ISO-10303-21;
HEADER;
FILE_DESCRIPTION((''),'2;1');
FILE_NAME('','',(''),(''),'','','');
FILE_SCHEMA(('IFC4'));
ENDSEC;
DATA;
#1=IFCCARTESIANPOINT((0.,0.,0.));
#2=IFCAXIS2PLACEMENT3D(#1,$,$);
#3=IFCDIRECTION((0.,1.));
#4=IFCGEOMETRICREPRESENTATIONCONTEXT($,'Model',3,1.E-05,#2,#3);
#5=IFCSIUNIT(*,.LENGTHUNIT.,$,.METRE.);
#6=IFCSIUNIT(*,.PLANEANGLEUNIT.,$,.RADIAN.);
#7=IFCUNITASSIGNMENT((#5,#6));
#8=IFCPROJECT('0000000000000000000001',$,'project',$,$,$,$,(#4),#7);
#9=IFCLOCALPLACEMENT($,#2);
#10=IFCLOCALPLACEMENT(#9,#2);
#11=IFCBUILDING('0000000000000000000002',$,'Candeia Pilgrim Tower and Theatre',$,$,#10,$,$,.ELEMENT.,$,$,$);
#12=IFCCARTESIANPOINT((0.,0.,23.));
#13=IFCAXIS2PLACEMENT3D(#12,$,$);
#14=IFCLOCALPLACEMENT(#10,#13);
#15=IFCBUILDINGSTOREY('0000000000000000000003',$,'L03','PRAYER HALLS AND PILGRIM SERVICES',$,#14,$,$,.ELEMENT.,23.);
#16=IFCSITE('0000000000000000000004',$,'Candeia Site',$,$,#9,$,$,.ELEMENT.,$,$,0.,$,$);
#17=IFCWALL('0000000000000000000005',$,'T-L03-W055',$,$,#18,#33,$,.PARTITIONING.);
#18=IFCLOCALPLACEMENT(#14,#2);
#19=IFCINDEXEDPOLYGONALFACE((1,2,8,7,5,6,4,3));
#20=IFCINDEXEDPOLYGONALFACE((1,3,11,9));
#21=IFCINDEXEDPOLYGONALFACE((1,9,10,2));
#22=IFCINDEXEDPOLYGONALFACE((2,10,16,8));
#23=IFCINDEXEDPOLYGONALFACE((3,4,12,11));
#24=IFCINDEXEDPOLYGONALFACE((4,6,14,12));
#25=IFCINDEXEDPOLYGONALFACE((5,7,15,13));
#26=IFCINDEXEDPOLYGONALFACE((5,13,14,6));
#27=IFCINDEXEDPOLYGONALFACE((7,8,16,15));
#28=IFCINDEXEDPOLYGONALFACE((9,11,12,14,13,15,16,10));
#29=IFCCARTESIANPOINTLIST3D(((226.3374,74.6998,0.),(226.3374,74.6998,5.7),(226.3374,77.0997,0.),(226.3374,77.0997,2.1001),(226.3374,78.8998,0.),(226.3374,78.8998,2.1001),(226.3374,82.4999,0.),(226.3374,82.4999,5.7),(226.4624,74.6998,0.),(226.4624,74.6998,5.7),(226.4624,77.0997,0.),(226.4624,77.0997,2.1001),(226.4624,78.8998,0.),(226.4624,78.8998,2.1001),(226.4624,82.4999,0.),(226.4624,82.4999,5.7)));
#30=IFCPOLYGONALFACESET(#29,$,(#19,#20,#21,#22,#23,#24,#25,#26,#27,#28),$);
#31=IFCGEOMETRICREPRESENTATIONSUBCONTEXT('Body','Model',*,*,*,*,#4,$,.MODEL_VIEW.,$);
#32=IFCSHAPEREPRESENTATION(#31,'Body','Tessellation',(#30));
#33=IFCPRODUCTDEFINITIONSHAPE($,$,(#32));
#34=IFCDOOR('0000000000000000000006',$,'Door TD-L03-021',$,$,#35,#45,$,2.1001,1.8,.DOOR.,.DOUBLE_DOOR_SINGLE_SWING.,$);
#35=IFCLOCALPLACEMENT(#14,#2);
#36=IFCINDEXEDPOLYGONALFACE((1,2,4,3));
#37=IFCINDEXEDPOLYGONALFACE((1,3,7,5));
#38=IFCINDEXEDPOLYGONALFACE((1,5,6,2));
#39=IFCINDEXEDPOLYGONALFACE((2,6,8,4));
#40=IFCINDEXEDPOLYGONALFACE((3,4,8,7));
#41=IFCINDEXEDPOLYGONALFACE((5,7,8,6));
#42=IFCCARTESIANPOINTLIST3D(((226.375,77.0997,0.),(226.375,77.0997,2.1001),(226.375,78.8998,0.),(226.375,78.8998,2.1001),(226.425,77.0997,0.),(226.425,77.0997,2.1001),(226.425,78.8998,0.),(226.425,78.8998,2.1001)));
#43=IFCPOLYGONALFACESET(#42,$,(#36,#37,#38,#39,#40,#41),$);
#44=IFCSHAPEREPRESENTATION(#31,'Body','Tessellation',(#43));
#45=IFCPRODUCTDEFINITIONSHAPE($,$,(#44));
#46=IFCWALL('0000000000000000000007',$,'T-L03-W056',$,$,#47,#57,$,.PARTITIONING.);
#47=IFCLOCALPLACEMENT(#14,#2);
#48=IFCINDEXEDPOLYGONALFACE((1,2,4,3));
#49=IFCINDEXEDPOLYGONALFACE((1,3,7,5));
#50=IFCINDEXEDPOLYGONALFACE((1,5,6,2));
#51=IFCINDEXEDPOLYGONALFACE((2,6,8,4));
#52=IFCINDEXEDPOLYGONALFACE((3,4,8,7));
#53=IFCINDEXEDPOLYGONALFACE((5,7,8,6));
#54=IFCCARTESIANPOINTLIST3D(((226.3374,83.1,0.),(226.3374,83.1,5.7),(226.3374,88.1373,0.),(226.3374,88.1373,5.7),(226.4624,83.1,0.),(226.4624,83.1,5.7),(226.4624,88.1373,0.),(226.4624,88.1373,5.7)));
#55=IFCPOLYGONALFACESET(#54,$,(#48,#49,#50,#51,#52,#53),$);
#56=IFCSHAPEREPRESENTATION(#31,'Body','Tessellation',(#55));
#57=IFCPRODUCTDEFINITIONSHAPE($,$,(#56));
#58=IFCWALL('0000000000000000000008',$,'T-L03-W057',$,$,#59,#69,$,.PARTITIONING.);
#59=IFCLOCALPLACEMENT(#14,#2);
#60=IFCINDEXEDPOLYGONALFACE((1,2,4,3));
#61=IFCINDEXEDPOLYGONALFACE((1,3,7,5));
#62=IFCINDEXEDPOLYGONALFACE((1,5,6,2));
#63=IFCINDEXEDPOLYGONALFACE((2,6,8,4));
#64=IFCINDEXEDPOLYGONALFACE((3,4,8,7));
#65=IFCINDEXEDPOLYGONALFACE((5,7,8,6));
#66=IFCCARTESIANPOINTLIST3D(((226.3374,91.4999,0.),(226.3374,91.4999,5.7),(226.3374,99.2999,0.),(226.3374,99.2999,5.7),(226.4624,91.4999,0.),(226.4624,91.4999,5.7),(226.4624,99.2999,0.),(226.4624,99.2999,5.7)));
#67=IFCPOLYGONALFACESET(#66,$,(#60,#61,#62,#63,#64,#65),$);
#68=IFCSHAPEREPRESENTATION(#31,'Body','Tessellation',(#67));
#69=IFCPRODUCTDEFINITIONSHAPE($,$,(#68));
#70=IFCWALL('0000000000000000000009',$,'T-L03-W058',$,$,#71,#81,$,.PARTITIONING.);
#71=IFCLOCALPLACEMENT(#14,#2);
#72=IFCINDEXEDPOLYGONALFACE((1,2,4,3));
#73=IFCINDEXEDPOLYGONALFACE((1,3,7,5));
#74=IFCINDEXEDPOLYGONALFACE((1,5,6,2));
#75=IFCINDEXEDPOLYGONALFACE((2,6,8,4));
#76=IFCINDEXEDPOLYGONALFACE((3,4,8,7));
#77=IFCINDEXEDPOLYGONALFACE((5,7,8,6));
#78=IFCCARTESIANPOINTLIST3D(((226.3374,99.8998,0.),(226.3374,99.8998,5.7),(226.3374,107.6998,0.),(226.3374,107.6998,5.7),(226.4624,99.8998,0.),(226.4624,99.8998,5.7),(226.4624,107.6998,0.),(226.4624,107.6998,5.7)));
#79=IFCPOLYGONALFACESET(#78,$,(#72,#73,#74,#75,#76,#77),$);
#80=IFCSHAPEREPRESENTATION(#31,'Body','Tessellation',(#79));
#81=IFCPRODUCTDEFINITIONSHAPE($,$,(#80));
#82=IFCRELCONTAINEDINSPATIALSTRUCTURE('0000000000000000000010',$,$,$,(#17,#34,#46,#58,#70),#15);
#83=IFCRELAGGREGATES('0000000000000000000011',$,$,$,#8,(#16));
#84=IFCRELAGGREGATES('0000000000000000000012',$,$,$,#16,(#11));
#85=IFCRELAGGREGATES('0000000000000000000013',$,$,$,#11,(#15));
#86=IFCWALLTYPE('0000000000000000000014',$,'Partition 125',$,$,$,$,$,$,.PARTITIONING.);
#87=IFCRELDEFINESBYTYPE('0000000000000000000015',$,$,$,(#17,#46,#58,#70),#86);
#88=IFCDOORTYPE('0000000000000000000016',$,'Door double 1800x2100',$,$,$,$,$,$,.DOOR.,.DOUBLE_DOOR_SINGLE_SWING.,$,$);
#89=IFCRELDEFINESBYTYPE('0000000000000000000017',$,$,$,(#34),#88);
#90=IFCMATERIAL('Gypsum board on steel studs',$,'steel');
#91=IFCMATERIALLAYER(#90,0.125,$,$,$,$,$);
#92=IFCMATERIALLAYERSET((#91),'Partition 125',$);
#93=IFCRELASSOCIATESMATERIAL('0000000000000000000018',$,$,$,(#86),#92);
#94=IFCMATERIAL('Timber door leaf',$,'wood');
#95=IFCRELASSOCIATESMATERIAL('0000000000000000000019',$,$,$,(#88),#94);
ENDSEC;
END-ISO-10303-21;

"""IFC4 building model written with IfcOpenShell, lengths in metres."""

from ifc_helpers import new_model, si_unit, direction, frame, frame_2d, origin, place, context, subcontext, project, spatial, rectangle, extrude, material, layer, layer_set, type_object, element, fill, save


model = new_model("IFC4")

# Units and contexts
model_context = context("Model", 3, precision=1e-05, world=origin(), true_north=direction((0.0, 1.0)))
body_context = subcontext(model_context, "Body", "Model", "MODEL_VIEW")
ifc_project = project(units=[si_unit("LENGTHUNIT", "METRE"), si_unit("PLANEANGLEUNIT", "RADIAN")], contexts=[model_context])

# Site, building, storey
site_placement = place(None, origin())
site = spatial("IfcSite", under=ifc_project, at=site_placement, Name="Candeia Site", CompositionType="ELEMENT", RefElevation=0.0)
building_placement = place(site_placement, origin())
building = spatial("IfcBuilding", under=site, at=building_placement, Name="Candeia Pilgrim Tower and Theatre", CompositionType="ELEMENT")
storey_placement = place(building_placement, frame((0.0, 0.0, 23.0)))
storey = spatial("IfcBuildingStorey", under=building, at=storey_placement, Name="L03", Description="PRAYER HALLS AND PILGRIM SERVICES", CompositionType="ELEMENT", Elevation=23.0)

# Shared definitions
ifc_material_1 = material(Name="Gypsum board on steel studs", Category="steel")
ifc_layer = layer(ifc_material_1, 0.125)
ifc_layer_set = layer_set([ifc_layer], Name="Partition 125")
wall_type = type_object("IfcWallType", Name="Partition 125", PredefinedType="PARTITIONING", material=ifc_layer_set)

# Wall, opening, door
ifc_material_2 = material(Name="Timber door leaf", Category="wood")
door_type_1 = type_object("IfcDoorType", Name="Door double 1800x2100", OperationType="DOUBLE_DOOR_SINGLE_SWING", PredefinedType="DOOR", material=ifc_material_2)
wall_1_placement = place(storey_placement, frame((226.3999, 74.7, 0.0), z_axis=(0.0, 0.0, 1.0), x_axis=(0.0, 1.0, 0.0)))
wall_1 = element("IfcWall", 1, at=wall_1_placement, inside=storey, type_object=wall_type, Name="T-L03-W055", PredefinedType="PARTITIONING", context=body_context, shape_type="SweptSolid", body=[
    extrude(rectangle(XDim=7.8, YDim=0.125, at=frame_2d((3.8999, 0.0))), origin(), (0.0, 0.0, 1.0), 5.7),
])
opening_1_placement = place(wall_1_placement, frame((2.3999, 0.0, 0.0)))
opening_1 = element("IfcOpeningElement", 2, at=opening_1_placement, cuts=wall_1, PredefinedType="OPENING", context=body_context, shape_type="SweptSolid", body=[
    extrude(rectangle(XDim=1.8, YDim=2.1001, at=frame_2d((0.8999, 1.05))), frame((0.0, 0.0725, 0.0), z_axis=(0.0, -1.0, 0.0), x_axis=(1.0, 0.0, 0.0)), (0.0, 0.0, 1.0), 0.145),
])
door_1_placement = place(opening_1_placement, origin())
door_1 = element("IfcDoor", 3, at=door_1_placement, inside=storey, type_object=door_type_1, Name="Door TD-L03-021", OperationType="DOUBLE_DOOR_SINGLE_SWING", OverallHeight=2.1001, OverallWidth=1.8, PredefinedType="DOOR", context=body_context, shape_type="SweptSolid", body=[
    extrude(rectangle(XDim=1.8, YDim=2.1001, at=frame_2d((0.8999, 1.05))), frame((0.0, 0.0249, 0.0), z_axis=(0.0, -1.0, 0.0), x_axis=(1.0, 0.0, 0.0)), (0.0, 0.0, 1.0), 0.05),
])
fill(opening_1, door_1)

# Walls
wall_2_placement = place(storey_placement, frame((226.3999, 83.1001, 0.0), z_axis=(0.0, 0.0, 1.0), x_axis=(0.0, 1.0, 0.0)))
element("IfcWall", 4, at=wall_2_placement, inside=storey, type_object=wall_type, Name="T-L03-W056", PredefinedType="PARTITIONING", context=body_context, shape_type="SweptSolid", body=[
    extrude(rectangle(XDim=5.0374, YDim=0.125, at=frame_2d((2.5186, 0.0))), origin(), (0.0, 0.0, 1.0), 5.7),
])
for number, where, z_axis, x_axis, name in (
    (5, (226.3999, 91.5, 0.0), (0.0, 0.0, 1.0), (0.0, 1.0, 0.0), "T-L03-W057"),
    (6, (226.3999, 99.8999, 0.0), (0.0, 0.0, 1.0), (0.0, 1.0, 0.0), "T-L03-W058"),
):
    element("IfcWall", number, at=place(storey_placement, frame(where, z_axis=z_axis, x_axis=x_axis)), inside=storey, type_object=wall_type, Name=name, PredefinedType="PARTITIONING", context=body_context, shape_type="SweptSolid", body=[
        extrude(rectangle(XDim=7.8, YDim=0.125, at=frame_2d((3.8999, 0.0))), origin(), (0.0, 0.0, 1.0), 5.7),
    ])

save(model, "model.ifc")
